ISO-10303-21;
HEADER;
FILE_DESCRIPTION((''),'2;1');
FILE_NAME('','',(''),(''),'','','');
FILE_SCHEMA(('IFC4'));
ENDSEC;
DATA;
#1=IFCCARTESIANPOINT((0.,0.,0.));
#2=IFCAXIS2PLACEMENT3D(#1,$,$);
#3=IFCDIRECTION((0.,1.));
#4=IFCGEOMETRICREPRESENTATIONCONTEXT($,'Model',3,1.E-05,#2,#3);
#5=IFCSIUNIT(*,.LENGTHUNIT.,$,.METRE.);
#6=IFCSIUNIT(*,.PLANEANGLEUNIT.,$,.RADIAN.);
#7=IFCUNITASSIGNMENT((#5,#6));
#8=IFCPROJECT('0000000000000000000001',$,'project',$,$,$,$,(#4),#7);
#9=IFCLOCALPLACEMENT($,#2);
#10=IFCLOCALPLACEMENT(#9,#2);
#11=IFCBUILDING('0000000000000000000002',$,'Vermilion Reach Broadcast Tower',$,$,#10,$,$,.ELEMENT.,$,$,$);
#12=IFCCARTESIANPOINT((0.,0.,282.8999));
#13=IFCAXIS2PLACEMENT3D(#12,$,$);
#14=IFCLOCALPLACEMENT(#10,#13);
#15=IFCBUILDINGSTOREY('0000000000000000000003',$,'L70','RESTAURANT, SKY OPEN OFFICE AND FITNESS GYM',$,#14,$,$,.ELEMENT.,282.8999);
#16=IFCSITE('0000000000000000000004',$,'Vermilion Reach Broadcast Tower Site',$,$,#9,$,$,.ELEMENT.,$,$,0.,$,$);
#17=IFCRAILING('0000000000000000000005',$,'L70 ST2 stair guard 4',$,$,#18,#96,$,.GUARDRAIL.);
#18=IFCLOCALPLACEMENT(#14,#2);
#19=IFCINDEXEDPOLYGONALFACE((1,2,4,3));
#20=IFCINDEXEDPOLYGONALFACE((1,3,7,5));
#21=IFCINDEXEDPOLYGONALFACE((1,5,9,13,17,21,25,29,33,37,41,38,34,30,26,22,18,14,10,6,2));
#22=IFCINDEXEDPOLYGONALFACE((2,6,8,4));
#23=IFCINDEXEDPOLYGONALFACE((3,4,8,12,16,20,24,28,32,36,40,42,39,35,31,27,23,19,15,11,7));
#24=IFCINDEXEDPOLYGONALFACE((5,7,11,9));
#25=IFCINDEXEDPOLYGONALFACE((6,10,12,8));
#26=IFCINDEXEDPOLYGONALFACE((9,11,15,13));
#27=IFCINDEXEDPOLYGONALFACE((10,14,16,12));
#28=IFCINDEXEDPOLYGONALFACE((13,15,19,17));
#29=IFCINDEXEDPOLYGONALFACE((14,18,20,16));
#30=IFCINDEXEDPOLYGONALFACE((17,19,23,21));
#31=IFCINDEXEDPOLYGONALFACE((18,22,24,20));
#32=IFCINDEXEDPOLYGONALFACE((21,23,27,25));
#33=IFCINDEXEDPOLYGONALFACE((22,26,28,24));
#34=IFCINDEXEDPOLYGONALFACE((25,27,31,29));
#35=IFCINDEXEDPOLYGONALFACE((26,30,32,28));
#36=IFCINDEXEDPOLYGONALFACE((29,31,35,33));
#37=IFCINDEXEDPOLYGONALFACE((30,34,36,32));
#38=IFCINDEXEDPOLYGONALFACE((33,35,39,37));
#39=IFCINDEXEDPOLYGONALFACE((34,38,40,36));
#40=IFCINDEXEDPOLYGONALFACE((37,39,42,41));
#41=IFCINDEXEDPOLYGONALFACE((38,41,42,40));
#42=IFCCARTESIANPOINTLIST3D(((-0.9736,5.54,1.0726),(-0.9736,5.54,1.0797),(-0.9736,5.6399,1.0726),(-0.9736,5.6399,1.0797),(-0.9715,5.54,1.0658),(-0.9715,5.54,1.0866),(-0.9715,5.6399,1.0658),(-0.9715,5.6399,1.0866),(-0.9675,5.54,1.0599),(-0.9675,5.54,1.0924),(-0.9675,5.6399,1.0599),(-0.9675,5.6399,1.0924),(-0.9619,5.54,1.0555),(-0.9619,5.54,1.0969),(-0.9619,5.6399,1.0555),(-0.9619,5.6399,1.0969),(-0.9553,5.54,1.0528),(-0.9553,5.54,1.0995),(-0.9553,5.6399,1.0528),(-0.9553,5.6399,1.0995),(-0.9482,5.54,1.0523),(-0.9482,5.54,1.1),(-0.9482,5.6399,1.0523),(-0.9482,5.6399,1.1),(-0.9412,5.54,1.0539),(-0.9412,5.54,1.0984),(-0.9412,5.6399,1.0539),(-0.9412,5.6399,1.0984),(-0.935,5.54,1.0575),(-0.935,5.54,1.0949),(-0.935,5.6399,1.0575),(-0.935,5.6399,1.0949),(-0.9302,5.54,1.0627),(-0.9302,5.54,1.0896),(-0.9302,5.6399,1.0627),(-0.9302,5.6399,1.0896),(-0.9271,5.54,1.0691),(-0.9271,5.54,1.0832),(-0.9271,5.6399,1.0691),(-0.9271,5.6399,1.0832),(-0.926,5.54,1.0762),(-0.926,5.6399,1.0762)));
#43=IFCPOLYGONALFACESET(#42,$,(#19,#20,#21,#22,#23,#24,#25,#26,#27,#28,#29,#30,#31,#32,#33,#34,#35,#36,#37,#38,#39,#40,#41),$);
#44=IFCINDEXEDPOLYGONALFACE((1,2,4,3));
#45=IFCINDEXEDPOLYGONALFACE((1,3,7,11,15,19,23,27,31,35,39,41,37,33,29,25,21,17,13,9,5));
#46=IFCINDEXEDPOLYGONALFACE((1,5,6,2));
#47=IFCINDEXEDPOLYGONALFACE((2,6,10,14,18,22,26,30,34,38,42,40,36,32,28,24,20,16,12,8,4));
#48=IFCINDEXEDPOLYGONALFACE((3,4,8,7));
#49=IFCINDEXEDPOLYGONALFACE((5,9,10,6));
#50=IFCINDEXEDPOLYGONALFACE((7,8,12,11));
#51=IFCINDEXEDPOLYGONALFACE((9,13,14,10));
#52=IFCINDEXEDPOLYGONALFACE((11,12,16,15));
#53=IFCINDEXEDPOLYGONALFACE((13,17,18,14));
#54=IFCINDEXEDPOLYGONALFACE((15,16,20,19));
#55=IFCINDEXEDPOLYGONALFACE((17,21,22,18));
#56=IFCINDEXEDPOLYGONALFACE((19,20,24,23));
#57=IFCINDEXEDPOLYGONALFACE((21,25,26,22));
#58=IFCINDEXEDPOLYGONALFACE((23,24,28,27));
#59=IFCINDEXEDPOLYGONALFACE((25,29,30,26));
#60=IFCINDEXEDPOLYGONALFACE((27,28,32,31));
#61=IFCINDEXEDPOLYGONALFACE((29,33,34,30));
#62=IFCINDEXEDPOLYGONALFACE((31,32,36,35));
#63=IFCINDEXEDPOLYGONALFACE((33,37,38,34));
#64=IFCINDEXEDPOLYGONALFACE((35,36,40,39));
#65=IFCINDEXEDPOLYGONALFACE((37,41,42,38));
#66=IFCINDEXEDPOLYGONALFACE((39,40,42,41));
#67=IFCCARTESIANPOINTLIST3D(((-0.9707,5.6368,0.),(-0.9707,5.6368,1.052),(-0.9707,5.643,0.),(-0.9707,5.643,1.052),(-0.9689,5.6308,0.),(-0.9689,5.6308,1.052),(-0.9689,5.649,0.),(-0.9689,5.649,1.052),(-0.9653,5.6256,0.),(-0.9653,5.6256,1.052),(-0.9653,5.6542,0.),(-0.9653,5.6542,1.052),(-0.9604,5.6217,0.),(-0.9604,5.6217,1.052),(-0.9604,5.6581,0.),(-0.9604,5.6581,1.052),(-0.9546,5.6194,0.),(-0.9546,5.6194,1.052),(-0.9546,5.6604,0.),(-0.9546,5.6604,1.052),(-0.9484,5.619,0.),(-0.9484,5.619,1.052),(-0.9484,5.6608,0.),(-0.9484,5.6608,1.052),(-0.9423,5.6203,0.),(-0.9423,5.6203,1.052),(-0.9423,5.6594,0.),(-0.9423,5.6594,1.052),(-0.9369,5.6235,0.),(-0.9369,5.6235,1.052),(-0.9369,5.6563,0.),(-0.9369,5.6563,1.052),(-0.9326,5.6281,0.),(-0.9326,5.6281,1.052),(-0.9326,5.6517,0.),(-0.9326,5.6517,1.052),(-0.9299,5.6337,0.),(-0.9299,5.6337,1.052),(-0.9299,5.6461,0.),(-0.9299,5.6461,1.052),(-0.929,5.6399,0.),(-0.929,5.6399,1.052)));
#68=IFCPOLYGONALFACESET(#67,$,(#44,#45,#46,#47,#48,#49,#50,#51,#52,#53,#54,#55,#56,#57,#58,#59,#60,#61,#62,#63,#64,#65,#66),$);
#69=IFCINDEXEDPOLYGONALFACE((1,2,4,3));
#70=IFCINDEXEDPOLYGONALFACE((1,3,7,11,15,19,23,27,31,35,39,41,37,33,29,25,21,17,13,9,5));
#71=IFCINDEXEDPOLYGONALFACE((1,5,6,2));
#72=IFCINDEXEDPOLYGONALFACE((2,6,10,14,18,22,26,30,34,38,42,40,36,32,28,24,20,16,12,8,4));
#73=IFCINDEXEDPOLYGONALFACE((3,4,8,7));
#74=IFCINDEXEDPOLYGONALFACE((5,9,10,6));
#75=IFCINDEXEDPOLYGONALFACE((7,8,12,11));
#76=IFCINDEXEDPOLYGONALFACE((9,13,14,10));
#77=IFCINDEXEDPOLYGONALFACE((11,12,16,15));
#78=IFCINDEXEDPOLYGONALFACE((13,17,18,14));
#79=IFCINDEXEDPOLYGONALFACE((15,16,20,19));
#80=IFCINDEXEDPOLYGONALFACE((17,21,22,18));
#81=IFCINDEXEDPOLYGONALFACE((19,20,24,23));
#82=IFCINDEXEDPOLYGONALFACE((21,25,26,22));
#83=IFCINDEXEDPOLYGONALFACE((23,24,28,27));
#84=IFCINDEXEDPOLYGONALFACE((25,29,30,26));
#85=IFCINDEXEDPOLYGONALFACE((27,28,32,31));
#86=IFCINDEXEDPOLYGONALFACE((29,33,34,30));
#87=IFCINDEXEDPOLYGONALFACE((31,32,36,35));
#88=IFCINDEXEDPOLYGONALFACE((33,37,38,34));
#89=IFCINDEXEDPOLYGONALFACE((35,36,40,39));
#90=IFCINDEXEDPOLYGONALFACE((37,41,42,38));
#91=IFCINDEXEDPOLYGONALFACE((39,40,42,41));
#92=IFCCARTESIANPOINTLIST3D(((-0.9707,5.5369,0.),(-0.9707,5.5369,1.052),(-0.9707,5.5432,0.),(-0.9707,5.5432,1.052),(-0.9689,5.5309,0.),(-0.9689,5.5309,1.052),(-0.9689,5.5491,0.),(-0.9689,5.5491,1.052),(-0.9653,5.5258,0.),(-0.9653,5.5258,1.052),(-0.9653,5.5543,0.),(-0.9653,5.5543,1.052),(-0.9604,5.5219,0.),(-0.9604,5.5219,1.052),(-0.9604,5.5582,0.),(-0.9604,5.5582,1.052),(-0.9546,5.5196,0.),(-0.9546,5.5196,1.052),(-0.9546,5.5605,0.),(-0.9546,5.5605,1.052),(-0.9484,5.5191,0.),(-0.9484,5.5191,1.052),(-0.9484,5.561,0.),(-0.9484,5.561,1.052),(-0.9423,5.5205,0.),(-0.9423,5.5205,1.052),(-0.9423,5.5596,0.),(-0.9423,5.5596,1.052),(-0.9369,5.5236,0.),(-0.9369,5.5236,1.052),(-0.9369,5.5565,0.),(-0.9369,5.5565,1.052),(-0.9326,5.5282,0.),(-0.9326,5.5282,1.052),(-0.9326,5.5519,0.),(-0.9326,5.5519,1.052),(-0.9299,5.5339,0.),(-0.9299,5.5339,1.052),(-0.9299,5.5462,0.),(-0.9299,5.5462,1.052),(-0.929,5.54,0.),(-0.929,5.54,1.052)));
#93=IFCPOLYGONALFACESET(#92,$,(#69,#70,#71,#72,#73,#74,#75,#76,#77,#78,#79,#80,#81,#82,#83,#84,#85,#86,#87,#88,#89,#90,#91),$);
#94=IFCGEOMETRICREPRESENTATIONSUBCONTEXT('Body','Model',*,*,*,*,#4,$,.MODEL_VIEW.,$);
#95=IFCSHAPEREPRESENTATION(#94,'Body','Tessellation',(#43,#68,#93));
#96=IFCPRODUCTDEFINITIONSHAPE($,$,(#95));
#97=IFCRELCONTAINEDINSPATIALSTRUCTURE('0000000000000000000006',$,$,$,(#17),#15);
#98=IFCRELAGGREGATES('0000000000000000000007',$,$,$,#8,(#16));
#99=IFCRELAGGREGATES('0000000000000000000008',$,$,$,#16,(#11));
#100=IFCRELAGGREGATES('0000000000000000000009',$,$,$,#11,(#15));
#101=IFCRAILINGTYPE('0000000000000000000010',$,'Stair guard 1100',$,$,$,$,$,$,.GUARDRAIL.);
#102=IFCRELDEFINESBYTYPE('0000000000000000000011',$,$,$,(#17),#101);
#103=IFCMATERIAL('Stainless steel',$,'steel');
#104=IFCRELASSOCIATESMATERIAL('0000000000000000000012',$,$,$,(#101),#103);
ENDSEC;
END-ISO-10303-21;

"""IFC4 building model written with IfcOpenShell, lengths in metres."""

from ifc_helpers import new_model, si_unit, direction, frame, origin, origin_2d, place, context, subcontext, project, spatial, circle, extrude, material, type_object, element, save


model = new_model("IFC4")

# Units and contexts
model_context = context("Model", 3, precision=1e-05, world=origin(), true_north=direction((0.0, 1.0)))
body_context = subcontext(model_context, "Body", "Model", "MODEL_VIEW")
ifc_project = project(units=[si_unit("LENGTHUNIT", "METRE"), si_unit("PLANEANGLEUNIT", "RADIAN")], contexts=[model_context])

# Site, building, storey
site_placement = place(None, origin())
site = spatial("IfcSite", under=ifc_project, at=site_placement, Name="Vermilion Reach Broadcast Tower Site", CompositionType="ELEMENT", RefElevation=0.0)
building_placement = place(site_placement, origin())
building = spatial("IfcBuilding", under=site, at=building_placement, Name="Vermilion Reach Broadcast Tower", CompositionType="ELEMENT")
storey_placement = place(building_placement, frame((0.0, 0.0, 282.8999)))
storey = spatial("IfcBuildingStorey", under=building, at=storey_placement, Name="L70", Description="RESTAURANT, SKY OPEN OFFICE AND FITNESS GYM", CompositionType="ELEMENT", Elevation=282.8999)

# Railing
ifc_material_1 = material(Name="Stainless steel", Category="steel")
railing_type_1 = type_object("IfcRailingType", Name="Stair guard 1100", PredefinedType="GUARDRAIL", material=ifc_material_1)
railing_1_placement = place(storey_placement, frame((-0.95, 5.6399, 0.0)))
element("IfcRailing", 1, at=railing_1_placement, inside=storey, type_object=railing_type_1, Name="L70 ST2 stair guard 4", PredefinedType="GUARDRAIL", context=body_context, shape_type="SweptSolid", body=[
    extrude(circle(Radius=0.0239, at=origin_2d()), frame((0.0, 0.0, 1.0762), z_axis=(0.0, -1.0, 0.0), x_axis=(1.0, 0.0, 0.0)), (0.0, 0.0, 1.0), 0.0999),
    extrude(circle(Radius=0.021, at=origin_2d()), origin(), (0.0, 0.0, 1.0), 1.052),
    extrude(circle(Radius=0.021, at=origin_2d()), frame((0.0, -0.0999, 0.0)), (0.0, 0.0, 1.0), 1.052),
])

save(model, "model.ifc")
